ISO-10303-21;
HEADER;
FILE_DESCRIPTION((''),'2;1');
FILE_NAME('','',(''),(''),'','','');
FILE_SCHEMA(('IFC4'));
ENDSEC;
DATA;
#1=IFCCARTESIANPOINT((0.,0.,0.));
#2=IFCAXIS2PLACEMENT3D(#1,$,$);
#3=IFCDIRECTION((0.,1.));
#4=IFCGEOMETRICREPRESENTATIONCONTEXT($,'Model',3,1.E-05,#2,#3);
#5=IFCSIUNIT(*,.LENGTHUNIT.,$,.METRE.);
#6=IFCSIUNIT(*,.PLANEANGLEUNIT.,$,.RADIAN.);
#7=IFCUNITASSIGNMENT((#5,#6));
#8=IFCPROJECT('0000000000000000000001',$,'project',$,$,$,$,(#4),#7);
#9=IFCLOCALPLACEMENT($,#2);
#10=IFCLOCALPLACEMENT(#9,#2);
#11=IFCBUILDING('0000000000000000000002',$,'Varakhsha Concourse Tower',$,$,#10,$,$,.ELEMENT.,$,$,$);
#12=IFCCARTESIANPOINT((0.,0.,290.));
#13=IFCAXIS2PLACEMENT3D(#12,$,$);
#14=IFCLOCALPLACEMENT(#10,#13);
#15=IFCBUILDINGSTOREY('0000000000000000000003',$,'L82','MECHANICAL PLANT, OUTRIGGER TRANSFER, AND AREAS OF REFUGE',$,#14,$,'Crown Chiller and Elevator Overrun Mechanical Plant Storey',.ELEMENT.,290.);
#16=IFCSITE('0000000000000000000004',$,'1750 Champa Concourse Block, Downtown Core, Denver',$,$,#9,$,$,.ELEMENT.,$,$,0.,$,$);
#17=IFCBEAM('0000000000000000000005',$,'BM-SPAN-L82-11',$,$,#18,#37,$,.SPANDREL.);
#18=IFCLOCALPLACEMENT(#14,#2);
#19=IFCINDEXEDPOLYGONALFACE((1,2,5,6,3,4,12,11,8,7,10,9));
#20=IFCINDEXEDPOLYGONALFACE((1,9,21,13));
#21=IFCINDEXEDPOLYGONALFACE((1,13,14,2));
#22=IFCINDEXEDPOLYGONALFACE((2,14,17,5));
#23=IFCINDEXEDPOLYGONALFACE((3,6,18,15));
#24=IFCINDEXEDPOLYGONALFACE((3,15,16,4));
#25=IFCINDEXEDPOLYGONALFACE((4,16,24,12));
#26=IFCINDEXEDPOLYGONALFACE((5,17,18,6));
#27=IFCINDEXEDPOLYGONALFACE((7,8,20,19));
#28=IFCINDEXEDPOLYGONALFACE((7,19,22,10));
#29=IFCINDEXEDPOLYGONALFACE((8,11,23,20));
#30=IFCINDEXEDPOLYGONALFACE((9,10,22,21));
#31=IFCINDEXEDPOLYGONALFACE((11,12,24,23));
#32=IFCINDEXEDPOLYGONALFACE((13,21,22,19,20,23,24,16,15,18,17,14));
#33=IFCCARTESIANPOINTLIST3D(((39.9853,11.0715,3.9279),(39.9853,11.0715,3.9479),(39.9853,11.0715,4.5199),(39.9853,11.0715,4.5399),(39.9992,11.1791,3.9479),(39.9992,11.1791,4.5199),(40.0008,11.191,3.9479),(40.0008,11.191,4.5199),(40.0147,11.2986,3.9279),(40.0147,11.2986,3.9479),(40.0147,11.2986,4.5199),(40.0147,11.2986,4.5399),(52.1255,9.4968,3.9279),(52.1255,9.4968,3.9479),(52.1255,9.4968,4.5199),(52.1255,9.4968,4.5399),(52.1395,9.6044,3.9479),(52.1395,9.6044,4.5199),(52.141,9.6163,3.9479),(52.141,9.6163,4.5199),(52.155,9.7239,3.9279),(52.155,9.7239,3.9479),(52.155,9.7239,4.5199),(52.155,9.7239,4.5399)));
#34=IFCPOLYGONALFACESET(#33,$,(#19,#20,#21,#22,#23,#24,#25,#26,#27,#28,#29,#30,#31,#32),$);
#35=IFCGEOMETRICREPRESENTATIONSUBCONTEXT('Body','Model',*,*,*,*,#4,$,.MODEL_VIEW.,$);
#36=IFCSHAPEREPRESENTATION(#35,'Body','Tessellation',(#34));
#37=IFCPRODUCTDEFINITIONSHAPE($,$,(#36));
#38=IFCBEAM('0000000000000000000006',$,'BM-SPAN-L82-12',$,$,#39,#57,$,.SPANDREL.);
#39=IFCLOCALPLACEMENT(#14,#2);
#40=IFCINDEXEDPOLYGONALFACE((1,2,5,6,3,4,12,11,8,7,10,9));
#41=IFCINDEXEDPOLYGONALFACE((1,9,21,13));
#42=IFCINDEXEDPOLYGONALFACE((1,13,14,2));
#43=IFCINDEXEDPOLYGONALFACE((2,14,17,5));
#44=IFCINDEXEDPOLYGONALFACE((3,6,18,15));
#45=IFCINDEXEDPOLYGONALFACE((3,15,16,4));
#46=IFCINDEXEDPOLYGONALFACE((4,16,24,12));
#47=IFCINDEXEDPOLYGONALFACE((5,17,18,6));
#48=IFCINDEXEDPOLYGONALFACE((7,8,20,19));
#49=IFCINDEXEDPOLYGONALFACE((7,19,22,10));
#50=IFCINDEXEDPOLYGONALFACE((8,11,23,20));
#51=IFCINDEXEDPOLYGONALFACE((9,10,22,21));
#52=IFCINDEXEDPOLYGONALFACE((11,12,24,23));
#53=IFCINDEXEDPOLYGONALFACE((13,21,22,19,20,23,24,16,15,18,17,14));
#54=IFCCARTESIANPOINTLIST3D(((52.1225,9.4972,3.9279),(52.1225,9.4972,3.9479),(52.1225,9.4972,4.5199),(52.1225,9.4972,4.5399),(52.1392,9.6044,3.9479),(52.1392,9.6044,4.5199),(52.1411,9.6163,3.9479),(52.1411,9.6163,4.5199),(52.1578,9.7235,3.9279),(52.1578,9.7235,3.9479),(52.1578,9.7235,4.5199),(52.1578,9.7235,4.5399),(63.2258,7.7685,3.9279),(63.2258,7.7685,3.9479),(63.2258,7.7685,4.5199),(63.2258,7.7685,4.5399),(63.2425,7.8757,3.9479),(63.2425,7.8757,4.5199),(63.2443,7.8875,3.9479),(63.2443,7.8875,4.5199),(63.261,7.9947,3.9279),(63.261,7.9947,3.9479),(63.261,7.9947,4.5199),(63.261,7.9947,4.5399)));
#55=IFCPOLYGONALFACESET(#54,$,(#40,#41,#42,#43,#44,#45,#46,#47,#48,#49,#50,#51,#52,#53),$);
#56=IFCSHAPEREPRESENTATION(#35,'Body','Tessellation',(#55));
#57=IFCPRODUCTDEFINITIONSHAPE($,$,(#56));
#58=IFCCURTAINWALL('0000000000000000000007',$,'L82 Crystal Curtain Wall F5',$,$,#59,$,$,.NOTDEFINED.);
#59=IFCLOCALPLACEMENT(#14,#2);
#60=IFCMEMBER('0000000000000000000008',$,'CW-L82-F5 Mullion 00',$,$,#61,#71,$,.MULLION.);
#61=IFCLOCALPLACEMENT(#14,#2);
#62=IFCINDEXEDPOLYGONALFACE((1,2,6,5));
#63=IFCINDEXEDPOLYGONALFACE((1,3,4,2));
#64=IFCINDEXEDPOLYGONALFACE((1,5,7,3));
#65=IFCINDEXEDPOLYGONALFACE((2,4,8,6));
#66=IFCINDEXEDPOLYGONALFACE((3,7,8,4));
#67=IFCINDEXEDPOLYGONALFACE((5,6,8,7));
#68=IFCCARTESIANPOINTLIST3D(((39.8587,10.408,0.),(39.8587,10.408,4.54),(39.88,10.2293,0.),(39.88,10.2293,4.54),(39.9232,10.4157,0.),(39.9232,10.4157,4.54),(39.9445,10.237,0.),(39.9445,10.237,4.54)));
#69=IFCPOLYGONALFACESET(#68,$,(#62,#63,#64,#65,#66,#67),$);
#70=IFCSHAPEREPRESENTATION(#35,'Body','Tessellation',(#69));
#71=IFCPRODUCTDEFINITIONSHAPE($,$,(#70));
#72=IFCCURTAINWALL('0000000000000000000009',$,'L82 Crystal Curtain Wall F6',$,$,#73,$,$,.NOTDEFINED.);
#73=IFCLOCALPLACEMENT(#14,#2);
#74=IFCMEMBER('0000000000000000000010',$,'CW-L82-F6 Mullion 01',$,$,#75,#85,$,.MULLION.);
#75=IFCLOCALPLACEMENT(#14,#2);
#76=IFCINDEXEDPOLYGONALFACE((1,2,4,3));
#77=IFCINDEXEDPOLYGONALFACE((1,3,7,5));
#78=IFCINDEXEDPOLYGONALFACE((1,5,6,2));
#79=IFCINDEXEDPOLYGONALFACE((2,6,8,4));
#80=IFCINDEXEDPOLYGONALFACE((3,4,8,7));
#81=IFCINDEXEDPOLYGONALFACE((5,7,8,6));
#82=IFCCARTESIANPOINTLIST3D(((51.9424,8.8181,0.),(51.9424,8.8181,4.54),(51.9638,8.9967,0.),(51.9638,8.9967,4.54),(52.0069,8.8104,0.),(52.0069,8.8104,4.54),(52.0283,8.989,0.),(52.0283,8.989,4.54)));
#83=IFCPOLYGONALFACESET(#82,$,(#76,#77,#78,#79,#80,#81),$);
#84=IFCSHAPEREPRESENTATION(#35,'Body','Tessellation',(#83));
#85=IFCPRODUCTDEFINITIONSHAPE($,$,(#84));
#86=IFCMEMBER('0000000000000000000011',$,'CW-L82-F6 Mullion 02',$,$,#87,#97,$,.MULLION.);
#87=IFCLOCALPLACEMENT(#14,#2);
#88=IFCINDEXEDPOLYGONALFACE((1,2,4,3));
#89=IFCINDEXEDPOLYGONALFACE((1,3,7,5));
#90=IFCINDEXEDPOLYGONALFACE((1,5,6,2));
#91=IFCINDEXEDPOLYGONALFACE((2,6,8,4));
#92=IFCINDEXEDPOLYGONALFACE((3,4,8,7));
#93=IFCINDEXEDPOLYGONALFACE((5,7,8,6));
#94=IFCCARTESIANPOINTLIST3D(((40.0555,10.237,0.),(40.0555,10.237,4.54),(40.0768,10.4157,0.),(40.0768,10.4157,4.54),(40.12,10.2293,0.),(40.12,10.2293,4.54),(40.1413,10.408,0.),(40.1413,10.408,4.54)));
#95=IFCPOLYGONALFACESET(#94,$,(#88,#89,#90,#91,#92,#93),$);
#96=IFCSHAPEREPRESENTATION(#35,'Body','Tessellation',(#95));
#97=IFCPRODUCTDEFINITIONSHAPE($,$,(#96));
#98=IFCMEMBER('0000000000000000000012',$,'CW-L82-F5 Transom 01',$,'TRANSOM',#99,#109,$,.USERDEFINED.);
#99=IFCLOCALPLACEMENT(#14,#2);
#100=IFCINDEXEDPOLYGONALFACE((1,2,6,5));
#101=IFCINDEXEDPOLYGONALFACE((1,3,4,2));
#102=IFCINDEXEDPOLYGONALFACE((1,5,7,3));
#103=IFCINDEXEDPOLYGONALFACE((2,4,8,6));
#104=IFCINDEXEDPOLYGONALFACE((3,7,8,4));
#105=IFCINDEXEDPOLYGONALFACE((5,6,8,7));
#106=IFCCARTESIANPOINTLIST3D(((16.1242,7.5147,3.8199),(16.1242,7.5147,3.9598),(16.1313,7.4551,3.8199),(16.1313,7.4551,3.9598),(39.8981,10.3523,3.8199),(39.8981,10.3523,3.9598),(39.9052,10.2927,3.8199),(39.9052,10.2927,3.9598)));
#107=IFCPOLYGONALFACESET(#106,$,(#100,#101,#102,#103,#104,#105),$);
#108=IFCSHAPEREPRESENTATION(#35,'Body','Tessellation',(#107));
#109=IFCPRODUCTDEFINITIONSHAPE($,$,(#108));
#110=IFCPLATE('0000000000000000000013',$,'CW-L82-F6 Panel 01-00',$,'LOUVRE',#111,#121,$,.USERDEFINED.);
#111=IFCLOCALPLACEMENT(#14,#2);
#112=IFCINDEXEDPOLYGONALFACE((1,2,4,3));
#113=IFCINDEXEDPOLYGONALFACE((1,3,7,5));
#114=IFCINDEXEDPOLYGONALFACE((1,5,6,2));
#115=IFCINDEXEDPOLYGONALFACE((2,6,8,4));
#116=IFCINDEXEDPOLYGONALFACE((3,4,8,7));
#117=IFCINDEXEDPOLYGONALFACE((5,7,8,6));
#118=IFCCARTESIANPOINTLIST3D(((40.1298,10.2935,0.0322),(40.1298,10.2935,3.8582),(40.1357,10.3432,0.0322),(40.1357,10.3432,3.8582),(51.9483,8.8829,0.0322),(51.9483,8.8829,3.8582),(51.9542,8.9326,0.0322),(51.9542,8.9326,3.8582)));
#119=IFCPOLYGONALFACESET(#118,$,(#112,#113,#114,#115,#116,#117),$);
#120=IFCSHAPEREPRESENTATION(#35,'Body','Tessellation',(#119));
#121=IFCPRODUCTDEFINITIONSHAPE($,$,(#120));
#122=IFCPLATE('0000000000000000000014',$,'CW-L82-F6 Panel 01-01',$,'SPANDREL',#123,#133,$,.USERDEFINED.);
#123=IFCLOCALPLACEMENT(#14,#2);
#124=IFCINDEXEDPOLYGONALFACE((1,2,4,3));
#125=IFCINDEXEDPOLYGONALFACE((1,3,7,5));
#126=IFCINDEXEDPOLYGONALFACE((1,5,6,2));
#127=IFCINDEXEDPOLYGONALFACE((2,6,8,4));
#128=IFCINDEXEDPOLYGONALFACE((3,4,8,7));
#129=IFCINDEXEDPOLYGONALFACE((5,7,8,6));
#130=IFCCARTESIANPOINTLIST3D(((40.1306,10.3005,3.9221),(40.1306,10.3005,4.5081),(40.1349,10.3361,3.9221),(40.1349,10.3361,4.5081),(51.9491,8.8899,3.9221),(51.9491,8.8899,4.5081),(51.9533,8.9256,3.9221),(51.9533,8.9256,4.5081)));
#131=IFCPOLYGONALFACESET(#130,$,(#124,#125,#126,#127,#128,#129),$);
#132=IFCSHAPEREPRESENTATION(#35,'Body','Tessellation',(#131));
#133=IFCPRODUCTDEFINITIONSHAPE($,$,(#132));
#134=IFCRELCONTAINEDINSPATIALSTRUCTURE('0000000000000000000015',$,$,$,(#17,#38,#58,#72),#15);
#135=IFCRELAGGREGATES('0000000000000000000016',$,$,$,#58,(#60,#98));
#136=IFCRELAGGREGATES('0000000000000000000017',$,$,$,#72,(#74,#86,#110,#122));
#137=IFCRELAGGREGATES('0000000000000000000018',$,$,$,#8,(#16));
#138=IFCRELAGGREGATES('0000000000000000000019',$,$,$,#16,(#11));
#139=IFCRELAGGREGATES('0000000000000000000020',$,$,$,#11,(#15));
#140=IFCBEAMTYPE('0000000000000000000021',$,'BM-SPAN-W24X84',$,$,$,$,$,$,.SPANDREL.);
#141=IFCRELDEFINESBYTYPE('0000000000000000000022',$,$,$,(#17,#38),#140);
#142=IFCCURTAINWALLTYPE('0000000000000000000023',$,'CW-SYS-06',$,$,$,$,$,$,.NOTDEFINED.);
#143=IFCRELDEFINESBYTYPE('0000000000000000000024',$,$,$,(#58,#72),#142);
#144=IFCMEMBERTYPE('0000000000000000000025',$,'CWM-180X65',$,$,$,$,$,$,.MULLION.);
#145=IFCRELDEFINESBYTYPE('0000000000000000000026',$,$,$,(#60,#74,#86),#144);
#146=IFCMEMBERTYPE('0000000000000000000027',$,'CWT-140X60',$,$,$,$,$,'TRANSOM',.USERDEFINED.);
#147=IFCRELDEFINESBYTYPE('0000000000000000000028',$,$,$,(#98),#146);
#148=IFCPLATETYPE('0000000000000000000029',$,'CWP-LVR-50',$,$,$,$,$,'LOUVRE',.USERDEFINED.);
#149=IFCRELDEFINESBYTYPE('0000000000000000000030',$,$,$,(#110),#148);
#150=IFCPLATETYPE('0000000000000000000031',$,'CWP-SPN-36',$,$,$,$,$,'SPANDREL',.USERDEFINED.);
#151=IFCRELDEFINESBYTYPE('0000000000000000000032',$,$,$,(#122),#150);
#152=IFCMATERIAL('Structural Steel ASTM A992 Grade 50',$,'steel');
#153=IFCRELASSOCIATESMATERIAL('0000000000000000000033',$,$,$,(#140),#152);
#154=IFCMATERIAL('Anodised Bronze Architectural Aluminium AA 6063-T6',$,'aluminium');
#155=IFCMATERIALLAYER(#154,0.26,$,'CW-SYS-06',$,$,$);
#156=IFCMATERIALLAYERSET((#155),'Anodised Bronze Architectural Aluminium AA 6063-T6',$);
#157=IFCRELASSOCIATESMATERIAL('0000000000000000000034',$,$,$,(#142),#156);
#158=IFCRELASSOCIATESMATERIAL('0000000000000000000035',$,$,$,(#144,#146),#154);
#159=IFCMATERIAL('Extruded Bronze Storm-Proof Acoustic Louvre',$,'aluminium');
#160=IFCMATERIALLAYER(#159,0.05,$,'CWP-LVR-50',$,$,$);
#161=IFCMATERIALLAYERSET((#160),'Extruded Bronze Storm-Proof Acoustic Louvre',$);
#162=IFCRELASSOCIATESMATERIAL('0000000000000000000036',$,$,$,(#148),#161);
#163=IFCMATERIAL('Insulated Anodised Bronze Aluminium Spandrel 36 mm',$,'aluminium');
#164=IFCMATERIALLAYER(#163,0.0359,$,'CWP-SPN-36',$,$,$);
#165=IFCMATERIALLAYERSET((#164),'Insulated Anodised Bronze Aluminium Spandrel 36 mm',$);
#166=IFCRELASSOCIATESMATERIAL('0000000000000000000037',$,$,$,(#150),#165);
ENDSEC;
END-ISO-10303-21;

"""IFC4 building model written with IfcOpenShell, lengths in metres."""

from ifc_helpers import new_model, si_unit, direction, frame, origin, origin_2d, place, context, subcontext, project, spatial, rectangle, i_section, extrude, source, transform, mapped, material, layer, layer_set, material_profile, profile_set, type_object, type_shapes, element, aggregate, save


model = new_model("IFC4")

# Units and contexts
model_context = context("Model", 3, precision=1e-05, world=origin(), true_north=direction((0.0, 1.0)))
body_context = subcontext(model_context, "Body", "Model", "MODEL_VIEW")
ifc_project = project(units=[si_unit("LENGTHUNIT", "METRE"), si_unit("PLANEANGLEUNIT", "RADIAN")], contexts=[model_context])

# Site, building, storey
site_placement = place(None, origin())
site = spatial("IfcSite", under=ifc_project, at=site_placement, Name="1750 Champa Concourse Block, Downtown Core, Denver", CompositionType="ELEMENT", RefElevation=0.0)
building_placement = place(site_placement, origin())
building = spatial("IfcBuilding", under=site, at=building_placement, Name="Varakhsha Concourse Tower", CompositionType="ELEMENT")
storey_placement = place(building_placement, frame((0.0, 0.0, 290.0)))
storey = spatial("IfcBuildingStorey", under=building, at=storey_placement, Name="L82", Description="MECHANICAL PLANT, OUTRIGGER TRANSFER, AND AREAS OF REFUGE", LongName="Crown Chiller and Elevator Overrun Mechanical Plant Storey", CompositionType="ELEMENT", Elevation=290.0)

# Shared definitions
ifc_material_1 = material(Name="Structural Steel ASTM A992 Grade 50", Category="steel")

# Beams
ifc_material_profile_1 = material_profile(ifc_material_1, i_section(OverallWidth=0.229, OverallDepth=0.6121, WebThickness=0.012, FlangeThickness=0.02, at=origin_2d()), Name="W24X84")
ifc_profile_set_1 = profile_set([ifc_material_profile_1], Name="Structural Steel ASTM A992 Grade 50")
beam_type_1 = type_object("IfcBeamType", Name="BM-SPAN-W24X84", PredefinedType="SPANDREL", material=ifc_profile_set_1)
beam_1_placement = place(storey_placement, frame((40.0, 11.1851, 4.2339), z_axis=(0.991692, -0.128633, 0.0), x_axis=(0.128633, 0.991692, 0.0)))
element("IfcBeam", 1, at=beam_1_placement, inside=storey, type_object=beam_type_1, Name="BM-SPAN-L82-11", PredefinedType="SPANDREL", context=body_context, shape_type="SweptSolid", body=[
    extrude(i_section(OverallWidth=0.229, OverallDepth=0.6121, WebThickness=0.012, FlangeThickness=0.02, at=origin_2d()), origin(), (0.0, 0.0, 1.0), 12.2419),
])
beam_2_placement = place(storey_placement, frame((52.1401, 9.6104, 4.2339), z_axis=(0.988095, -0.153845, 0.0), x_axis=(0.153845, 0.988095, 0.0)))
element("IfcBeam", 2, at=beam_2_placement, inside=storey, type_object=beam_type_1, Name="BM-SPAN-L82-12", PredefinedType="SPANDREL", context=body_context, shape_type="SweptSolid", body=[
    extrude(i_section(OverallWidth=0.229, OverallDepth=0.6121, WebThickness=0.012, FlangeThickness=0.02, at=origin_2d()), origin(), (0.0, 0.0, 1.0), 11.2371),
])

# Curtain wall, member
ifc_material_2 = material(Name="Anodised Bronze Architectural Aluminium AA 6063-T6", Category="aluminium")
ifc_layer_1 = layer(ifc_material_2, 0.26, Name="CW-SYS-06")
ifc_layer_set_1 = layer_set([ifc_layer_1], Name="Anodised Bronze Architectural Aluminium AA 6063-T6")
curtain_wall_type = type_object("IfcCurtainWallType", Name="CW-SYS-06", PredefinedType="NOTDEFINED", material=ifc_layer_set_1)
curtain_wall_1_placement = place(storey_placement, origin())
curtain_wall_1 = element("IfcCurtainWall", 3, at=curtain_wall_1_placement, inside=storey, type_object=curtain_wall_type, Name="L82 Crystal Curtain Wall F5", PredefinedType="NOTDEFINED")
ifc_material_profile_2 = material_profile(ifc_material_2, rectangle(XDim=0.0649, YDim=0.1799, at=origin_2d()), Name="CWM-180X65")
ifc_profile_set_2 = profile_set([ifc_material_profile_2], Name="Anodised Bronze Architectural Aluminium AA 6063-T6")
member_type_1 = type_object("IfcMemberType", Name="CWM-180X65", PredefinedType="MULLION", material=ifc_profile_set_2)
shared_shape_1 = source(origin(), body_context, "Body", "SweptSolid", [
    extrude(rectangle(XDim=0.0649, YDim=0.1799, at=origin_2d()), origin(), (0.0, 0.0, 1.0), 4.54),
])
type_shapes(member_type_1, [shared_shape_1])
member_1_placement = place(storey_placement, frame((39.9016, 10.3225, 0.0), z_axis=(0.0, 0.0, 1.0), x_axis=(-0.992952, -0.118513, 0.0)))
member_1 = element("IfcMember", 4, at=member_1_placement, type_object=member_type_1, Name="CW-L82-F5 Mullion 00", PredefinedType="MULLION", context=body_context, shape_type="MappedRepresentation", body=[
    mapped(shared_shape_1, transform((0.0, 0.0, 0.0), scale=1.0)),
])

# Curtain wall, members
curtain_wall_2_placement = place(storey_placement, origin())
curtain_wall_2 = element("IfcCurtainWall", 5, at=curtain_wall_2_placement, inside=storey, type_object=curtain_wall_type, Name="L82 Crystal Curtain Wall F6", PredefinedType="NOTDEFINED")
member_2_placement = place(storey_placement, frame((51.9854, 8.9036, 0.0), z_axis=(0.0, 0.0, 1.0), x_axis=(-0.992952, 0.118513, 0.0)))
member_2 = element("IfcMember", 6, at=member_2_placement, type_object=member_type_1, Name="CW-L82-F6 Mullion 01", PredefinedType="MULLION", context=body_context, shape_type="MappedRepresentation", body=[
    mapped(shared_shape_1, transform((0.0, 0.0, 0.0), scale=1.0)),
])
member_3_placement = place(storey_placement, frame((40.0984, 10.3225, 0.0), z_axis=(0.0, 0.0, 1.0), x_axis=(-0.992952, 0.118513, 0.0)))
member_3 = element("IfcMember", 7, at=member_3_placement, type_object=member_type_1, Name="CW-L82-F6 Mullion 02", PredefinedType="MULLION", context=body_context, shape_type="MappedRepresentation", body=[
    mapped(shared_shape_1, transform((0.0, 0.0, 0.0), scale=1.0)),
])

# Member
ifc_material_profile_3 = material_profile(ifc_material_2, rectangle(XDim=0.0601, YDim=0.1399, at=origin_2d()), Name="CWT-140X60")
ifc_profile_set_3 = profile_set([ifc_material_profile_3], Name="Anodised Bronze Architectural Aluminium AA 6063-T6")
member_type_2 = type_object("IfcMemberType", Name="CWT-140X60", ElementType="TRANSOM", PredefinedType="USERDEFINED", material=ifc_profile_set_3)
shared_shape_2 = source(origin(), body_context, "Body", "SweptSolid", [
    extrude(rectangle(XDim=0.0601, YDim=0.1399, at=origin_2d()), origin(), (0.0, 0.0, 1.0), 23.9426),
])
type_shapes(member_type_2, [shared_shape_2])
member_4_placement = place(storey_placement, frame((39.9016, 10.3225, 3.8899), z_axis=(-0.992952, -0.118518, 0.0), x_axis=(0.118518, -0.992952, 0.0)))
member_4 = element("IfcMember", 8, at=member_4_placement, type_object=member_type_2, Name="CW-L82-F5 Transom 01", ObjectType="TRANSOM", PredefinedType="USERDEFINED", context=body_context, shape_type="MappedRepresentation", body=[
    mapped(shared_shape_2, transform((0.0, 0.0, 0.0), scale=1.0)),
])
aggregate(curtain_wall_1, [member_1, member_4])

# Plates
ifc_material_3 = material(Name="Extruded Bronze Storm-Proof Acoustic Louvre", Category="aluminium")
ifc_layer_2 = layer(ifc_material_3, 0.05, Name="CWP-LVR-50")
ifc_layer_set_2 = layer_set([ifc_layer_2], Name="Extruded Bronze Storm-Proof Acoustic Louvre")
plate_type_1 = type_object("IfcPlateType", Name="CWP-LVR-50", ElementType="LOUVRE", PredefinedType="USERDEFINED", material=ifc_layer_set_2)
shared_shape_3 = source(origin(), body_context, "Body", "SweptSolid", [
    extrude(rectangle(XDim=11.9023, YDim=0.05, at=origin_2d()), origin(), (0.0, 0.0, 1.0), 3.8259),
])
type_shapes(plate_type_1, [shared_shape_3])
plate_1_placement = place(storey_placement, frame((46.042, 9.613, 0.0322), z_axis=(0.0, 0.0, 1.0), x_axis=(-0.992952, 0.118513, 0.0)))
plate_1 = element("IfcPlate", 9, at=plate_1_placement, type_object=plate_type_1, Name="CW-L82-F6 Panel 01-00", ObjectType="LOUVRE", PredefinedType="USERDEFINED", context=body_context, shape_type="MappedRepresentation", body=[
    mapped(shared_shape_3, transform((0.0, 0.0, 0.0), scale=1.0)),
])
ifc_material_4 = material(Name="Insulated Anodised Bronze Aluminium Spandrel 36 mm", Category="aluminium")
ifc_layer_3 = layer(ifc_material_4, 0.0359, Name="CWP-SPN-36")
ifc_layer_set_3 = layer_set([ifc_layer_3], Name="Insulated Anodised Bronze Aluminium Spandrel 36 mm")
plate_type_2 = type_object("IfcPlateType", Name="CWP-SPN-36", ElementType="SPANDREL", PredefinedType="USERDEFINED", material=ifc_layer_set_3)
shared_shape_4 = source(origin(), body_context, "Body", "SweptSolid", [
    extrude(rectangle(XDim=11.9023, YDim=0.0359, at=origin_2d()), origin(), (0.0, 0.0, 1.0), 0.5859),
])
type_shapes(plate_type_2, [shared_shape_4])
plate_2_placement = place(storey_placement, frame((46.042, 9.613, 3.9221), z_axis=(0.0, 0.0, 1.0), x_axis=(-0.992952, 0.118513, 0.0)))
plate_2 = element("IfcPlate", 10, at=plate_2_placement, type_object=plate_type_2, Name="CW-L82-F6 Panel 01-01", ObjectType="SPANDREL", PredefinedType="USERDEFINED", context=body_context, shape_type="MappedRepresentation", body=[
    mapped(shared_shape_4, transform((0.0, 0.0, 0.0), scale=1.0)),
])
aggregate(curtain_wall_2, [member_2, member_3, plate_1, plate_2])

save(model, "model.ifc")
